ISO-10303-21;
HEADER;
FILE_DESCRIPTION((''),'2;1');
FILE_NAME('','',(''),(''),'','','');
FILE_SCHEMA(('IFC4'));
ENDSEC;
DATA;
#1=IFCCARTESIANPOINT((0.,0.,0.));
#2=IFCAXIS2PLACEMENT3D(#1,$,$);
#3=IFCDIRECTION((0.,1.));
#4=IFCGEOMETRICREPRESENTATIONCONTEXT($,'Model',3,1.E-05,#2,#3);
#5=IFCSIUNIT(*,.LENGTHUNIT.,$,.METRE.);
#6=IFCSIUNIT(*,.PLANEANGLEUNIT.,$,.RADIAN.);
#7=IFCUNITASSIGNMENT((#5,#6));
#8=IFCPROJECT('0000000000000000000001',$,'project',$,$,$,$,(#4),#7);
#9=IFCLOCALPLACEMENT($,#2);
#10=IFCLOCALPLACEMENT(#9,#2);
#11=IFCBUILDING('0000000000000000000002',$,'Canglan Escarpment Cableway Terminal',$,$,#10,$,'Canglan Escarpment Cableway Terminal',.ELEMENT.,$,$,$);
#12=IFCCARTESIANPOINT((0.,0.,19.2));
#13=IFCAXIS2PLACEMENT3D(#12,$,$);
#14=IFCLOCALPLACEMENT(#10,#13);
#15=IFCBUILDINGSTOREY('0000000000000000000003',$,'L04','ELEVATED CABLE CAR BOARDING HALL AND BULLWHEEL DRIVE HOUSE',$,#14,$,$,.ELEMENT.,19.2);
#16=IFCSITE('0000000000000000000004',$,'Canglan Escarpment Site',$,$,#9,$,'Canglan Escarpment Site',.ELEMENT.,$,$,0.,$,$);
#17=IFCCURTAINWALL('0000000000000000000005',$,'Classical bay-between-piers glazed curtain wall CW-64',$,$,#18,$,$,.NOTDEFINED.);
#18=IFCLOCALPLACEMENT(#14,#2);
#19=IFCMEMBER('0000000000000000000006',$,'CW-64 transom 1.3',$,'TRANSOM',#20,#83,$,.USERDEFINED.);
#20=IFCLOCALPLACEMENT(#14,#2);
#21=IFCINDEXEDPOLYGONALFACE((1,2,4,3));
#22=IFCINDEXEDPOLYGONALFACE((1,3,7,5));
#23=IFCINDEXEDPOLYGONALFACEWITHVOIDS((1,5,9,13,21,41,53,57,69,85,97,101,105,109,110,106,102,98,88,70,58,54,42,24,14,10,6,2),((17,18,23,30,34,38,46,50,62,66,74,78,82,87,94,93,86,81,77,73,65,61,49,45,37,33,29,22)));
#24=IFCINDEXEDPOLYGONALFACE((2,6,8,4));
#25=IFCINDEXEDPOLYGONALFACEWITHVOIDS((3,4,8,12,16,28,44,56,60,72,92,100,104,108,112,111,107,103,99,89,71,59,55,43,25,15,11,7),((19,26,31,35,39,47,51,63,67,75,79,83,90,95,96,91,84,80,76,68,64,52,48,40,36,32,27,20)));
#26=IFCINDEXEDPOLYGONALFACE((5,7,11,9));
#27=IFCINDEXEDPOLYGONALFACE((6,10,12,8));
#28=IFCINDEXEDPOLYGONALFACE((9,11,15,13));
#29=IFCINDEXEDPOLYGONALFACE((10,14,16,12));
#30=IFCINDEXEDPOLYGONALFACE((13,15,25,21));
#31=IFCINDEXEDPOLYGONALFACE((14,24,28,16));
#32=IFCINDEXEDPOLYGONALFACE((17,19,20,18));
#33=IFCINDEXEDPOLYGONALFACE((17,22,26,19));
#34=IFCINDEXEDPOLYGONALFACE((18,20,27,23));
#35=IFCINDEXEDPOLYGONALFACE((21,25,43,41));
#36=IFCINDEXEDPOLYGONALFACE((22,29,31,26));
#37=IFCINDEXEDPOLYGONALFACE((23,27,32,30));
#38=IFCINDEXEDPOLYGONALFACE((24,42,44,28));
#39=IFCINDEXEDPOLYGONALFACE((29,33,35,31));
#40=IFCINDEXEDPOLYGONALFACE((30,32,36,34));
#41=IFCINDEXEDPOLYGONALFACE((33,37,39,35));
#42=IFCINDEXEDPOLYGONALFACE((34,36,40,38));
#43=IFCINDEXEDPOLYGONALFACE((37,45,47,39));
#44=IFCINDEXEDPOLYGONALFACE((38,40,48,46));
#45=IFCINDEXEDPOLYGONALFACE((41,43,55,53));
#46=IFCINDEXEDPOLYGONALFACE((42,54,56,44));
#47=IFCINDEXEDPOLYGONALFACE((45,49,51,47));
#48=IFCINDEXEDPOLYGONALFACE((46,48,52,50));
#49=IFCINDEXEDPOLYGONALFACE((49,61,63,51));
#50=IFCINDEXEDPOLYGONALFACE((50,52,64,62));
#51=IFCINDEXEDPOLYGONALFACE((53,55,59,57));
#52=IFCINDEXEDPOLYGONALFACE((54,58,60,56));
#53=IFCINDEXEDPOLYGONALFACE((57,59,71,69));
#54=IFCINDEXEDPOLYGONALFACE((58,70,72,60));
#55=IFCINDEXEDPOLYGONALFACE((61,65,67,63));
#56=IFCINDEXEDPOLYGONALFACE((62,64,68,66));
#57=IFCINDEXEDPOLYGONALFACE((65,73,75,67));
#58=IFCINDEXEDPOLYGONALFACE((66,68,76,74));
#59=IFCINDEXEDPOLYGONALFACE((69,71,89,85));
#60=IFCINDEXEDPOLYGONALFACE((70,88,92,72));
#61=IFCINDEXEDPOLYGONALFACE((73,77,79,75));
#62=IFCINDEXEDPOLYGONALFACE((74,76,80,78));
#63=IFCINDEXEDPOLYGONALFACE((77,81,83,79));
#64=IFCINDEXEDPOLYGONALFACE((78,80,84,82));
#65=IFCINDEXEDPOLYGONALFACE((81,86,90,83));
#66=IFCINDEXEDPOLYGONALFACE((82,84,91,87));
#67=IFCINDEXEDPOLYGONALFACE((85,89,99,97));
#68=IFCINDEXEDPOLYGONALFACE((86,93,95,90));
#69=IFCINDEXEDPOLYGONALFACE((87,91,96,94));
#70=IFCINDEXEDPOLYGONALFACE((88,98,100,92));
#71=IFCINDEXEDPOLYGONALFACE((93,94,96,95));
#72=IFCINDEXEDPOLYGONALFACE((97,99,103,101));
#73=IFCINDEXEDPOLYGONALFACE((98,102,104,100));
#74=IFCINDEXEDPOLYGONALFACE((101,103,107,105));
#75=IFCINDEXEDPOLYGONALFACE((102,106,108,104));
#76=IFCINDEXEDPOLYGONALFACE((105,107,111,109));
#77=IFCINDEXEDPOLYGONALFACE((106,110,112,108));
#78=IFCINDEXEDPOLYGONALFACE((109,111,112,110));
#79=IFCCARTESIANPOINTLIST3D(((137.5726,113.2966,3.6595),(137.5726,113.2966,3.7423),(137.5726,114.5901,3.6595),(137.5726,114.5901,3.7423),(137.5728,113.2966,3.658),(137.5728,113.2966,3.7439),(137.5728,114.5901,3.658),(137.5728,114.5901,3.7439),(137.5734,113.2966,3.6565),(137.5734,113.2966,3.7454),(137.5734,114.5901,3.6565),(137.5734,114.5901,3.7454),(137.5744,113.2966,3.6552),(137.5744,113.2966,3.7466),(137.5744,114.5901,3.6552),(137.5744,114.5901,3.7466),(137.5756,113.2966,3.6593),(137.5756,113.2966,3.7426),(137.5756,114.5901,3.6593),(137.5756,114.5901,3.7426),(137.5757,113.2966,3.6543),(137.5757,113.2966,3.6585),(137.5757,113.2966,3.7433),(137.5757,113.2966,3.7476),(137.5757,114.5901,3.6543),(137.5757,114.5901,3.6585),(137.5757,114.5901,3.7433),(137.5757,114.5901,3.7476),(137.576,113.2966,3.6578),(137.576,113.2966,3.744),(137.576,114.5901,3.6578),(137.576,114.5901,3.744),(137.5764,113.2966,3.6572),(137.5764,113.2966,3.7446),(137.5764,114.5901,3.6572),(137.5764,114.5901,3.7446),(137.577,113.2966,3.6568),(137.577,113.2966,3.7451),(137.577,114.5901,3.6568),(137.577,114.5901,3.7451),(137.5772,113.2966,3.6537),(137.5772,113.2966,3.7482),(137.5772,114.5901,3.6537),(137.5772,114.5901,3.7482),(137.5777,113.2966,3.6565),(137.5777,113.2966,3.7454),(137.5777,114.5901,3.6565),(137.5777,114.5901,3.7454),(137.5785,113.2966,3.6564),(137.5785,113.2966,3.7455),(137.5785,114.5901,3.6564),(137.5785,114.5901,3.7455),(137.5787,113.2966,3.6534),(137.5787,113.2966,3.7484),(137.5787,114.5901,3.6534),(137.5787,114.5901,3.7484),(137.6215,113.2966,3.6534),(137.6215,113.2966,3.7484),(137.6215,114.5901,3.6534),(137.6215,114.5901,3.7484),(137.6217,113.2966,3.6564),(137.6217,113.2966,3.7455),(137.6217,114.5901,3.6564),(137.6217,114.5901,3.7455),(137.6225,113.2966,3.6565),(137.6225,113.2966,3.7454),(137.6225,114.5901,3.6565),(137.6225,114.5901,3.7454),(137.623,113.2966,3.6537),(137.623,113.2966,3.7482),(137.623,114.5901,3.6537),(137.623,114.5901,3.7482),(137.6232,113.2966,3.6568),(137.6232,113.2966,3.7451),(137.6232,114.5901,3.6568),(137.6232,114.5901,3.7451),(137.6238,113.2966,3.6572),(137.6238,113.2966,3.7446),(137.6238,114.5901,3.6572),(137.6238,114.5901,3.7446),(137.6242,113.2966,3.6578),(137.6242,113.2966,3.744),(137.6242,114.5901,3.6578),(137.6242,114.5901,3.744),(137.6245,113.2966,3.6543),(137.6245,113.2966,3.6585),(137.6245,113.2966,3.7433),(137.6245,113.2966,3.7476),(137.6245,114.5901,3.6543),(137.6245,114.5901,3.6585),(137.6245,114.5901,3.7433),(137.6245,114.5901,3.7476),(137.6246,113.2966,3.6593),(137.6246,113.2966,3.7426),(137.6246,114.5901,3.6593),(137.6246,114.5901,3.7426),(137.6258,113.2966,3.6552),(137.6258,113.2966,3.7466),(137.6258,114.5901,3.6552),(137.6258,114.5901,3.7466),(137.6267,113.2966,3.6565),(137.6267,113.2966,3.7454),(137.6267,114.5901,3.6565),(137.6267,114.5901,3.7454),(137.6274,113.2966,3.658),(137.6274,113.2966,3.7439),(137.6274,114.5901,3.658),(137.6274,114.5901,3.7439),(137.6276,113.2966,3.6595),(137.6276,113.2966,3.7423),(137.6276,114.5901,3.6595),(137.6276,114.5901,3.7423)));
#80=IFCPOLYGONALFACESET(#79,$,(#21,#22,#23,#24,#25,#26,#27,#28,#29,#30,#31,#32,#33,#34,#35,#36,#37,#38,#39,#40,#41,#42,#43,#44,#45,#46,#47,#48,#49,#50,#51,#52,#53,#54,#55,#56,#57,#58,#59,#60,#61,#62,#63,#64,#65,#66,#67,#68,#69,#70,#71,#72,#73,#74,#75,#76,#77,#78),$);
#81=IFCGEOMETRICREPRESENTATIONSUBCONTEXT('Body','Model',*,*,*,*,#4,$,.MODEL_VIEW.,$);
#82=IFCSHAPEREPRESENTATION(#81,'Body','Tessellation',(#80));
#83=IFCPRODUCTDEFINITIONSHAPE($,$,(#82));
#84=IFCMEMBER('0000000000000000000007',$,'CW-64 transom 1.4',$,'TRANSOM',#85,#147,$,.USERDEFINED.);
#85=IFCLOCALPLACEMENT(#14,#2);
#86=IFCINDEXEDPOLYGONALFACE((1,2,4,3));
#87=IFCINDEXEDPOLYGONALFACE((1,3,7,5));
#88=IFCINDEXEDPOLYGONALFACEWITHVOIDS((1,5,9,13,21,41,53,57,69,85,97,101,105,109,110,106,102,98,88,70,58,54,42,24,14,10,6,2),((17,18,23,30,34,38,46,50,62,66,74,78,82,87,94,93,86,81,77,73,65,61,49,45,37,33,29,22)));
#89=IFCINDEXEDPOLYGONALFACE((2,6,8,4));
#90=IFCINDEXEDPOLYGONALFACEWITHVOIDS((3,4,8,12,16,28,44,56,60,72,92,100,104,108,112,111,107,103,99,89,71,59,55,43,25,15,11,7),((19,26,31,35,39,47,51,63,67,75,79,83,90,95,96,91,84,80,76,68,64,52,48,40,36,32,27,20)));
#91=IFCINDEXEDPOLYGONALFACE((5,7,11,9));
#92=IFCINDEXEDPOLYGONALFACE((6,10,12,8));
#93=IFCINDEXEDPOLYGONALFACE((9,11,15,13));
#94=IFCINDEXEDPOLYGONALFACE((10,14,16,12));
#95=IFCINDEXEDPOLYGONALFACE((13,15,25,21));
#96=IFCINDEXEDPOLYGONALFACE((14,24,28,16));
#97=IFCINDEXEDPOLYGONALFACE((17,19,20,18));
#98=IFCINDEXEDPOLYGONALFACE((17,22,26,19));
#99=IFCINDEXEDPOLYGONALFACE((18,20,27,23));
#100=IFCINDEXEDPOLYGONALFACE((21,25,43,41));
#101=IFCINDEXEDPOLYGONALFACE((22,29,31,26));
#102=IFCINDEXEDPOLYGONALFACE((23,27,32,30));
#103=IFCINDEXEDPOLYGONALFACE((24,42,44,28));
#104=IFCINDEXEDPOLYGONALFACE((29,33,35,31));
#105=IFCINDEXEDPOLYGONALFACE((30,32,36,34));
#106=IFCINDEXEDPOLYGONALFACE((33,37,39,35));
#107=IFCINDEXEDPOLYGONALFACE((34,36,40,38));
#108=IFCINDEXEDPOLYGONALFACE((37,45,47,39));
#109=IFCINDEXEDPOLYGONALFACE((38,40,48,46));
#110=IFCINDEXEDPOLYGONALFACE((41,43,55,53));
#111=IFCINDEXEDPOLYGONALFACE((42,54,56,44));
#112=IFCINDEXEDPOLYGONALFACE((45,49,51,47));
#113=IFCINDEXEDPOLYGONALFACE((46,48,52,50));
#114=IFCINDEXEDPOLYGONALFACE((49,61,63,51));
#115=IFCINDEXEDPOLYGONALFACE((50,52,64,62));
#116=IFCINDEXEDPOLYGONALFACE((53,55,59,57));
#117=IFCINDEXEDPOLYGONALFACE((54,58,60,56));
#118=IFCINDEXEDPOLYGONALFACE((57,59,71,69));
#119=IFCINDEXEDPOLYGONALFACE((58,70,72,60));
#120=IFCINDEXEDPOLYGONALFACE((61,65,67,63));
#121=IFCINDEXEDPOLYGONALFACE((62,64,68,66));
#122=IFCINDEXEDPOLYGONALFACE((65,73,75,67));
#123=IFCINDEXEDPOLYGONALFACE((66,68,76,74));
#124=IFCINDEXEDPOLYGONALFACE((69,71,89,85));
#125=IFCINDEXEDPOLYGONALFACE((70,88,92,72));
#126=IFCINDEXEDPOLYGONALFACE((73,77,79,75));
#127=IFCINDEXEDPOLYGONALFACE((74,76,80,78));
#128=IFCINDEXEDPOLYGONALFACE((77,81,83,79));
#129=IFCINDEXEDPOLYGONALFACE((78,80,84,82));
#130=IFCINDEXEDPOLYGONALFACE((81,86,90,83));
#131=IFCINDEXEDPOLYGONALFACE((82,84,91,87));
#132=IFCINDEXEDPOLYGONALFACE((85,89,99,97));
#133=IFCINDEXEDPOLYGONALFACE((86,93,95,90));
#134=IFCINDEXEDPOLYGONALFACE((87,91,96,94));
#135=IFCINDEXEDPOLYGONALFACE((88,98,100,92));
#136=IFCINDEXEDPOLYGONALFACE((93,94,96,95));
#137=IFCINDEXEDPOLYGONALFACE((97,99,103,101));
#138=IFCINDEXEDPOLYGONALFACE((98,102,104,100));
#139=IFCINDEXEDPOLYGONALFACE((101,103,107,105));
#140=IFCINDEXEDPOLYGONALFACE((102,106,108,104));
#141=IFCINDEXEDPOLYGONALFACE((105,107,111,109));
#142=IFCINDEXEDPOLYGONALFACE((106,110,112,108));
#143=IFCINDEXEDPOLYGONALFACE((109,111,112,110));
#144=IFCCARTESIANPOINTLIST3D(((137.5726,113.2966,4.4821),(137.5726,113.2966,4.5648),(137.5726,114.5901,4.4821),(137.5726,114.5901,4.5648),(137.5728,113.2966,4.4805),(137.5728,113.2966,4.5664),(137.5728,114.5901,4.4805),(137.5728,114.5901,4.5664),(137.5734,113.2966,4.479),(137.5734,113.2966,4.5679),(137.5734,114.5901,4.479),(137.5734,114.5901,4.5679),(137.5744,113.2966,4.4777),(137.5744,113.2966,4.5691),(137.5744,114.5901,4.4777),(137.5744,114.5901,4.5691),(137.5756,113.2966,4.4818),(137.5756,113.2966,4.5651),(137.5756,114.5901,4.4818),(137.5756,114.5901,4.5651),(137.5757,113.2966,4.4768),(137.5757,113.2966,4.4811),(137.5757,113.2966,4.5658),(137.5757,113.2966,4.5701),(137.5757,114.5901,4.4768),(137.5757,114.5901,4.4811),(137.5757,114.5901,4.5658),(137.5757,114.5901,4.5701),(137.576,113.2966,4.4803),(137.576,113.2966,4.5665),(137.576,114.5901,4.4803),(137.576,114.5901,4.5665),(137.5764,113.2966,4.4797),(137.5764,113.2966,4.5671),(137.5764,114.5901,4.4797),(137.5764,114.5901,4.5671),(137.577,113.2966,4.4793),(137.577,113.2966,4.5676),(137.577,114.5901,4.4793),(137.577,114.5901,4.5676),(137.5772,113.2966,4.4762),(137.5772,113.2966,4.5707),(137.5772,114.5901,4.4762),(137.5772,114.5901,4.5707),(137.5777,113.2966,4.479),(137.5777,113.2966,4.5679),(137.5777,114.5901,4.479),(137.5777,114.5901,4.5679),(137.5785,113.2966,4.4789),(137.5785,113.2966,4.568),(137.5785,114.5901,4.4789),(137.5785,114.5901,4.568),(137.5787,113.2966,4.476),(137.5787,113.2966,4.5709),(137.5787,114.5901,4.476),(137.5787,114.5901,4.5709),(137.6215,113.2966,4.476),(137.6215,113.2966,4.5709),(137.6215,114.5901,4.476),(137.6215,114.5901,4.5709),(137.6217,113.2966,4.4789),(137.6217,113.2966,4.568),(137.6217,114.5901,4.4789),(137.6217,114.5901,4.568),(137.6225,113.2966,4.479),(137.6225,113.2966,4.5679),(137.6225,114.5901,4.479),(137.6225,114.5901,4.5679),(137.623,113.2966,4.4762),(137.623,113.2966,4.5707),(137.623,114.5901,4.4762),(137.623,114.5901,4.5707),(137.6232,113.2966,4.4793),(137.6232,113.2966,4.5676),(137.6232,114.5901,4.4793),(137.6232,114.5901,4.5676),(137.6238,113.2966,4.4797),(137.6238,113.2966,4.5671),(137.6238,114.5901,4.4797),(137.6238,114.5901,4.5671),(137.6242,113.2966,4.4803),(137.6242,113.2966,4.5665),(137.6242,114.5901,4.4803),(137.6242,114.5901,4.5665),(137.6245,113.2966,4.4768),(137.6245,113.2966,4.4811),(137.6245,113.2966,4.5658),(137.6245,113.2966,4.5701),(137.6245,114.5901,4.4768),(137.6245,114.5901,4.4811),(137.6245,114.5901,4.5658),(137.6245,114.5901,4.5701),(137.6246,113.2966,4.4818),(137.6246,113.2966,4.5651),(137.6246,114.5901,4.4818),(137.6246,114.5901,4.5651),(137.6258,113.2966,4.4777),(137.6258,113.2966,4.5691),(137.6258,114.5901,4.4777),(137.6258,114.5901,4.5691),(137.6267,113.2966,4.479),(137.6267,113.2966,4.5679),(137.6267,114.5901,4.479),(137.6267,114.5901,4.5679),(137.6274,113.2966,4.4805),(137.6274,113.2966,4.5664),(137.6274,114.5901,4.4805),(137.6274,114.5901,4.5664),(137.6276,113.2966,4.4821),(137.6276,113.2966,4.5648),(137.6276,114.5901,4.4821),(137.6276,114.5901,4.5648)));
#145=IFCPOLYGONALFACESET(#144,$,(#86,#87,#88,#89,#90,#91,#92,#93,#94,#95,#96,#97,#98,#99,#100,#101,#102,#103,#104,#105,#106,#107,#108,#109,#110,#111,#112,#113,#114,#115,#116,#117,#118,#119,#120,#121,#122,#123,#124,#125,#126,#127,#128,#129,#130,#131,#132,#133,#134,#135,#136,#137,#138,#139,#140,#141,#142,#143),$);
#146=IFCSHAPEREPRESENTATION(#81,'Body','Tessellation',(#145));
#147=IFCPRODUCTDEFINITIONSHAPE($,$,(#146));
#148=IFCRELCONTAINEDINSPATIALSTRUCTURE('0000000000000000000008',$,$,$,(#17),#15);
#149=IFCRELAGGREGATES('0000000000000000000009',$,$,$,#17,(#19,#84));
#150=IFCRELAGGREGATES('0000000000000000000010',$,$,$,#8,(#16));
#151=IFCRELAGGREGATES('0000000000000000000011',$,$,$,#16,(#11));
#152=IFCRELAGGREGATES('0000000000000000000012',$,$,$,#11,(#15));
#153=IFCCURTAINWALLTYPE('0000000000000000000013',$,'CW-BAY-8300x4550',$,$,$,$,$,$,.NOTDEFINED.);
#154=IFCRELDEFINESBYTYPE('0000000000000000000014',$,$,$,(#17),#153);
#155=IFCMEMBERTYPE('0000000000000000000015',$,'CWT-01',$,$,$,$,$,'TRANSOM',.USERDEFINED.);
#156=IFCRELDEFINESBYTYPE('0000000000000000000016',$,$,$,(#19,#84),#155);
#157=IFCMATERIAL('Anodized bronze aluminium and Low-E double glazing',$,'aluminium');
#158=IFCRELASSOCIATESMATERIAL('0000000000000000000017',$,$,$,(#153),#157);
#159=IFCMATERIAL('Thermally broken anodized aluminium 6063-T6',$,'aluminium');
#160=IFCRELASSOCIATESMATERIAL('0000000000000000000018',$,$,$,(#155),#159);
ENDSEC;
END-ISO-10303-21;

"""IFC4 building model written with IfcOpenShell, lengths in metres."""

from ifc_helpers import new_model, si_unit, direction, frame, origin, origin_2d, place, context, subcontext, project, spatial, hollow_rectangle, extrude, material, material_profile, profile_set, type_object, element, aggregate, save


model = new_model("IFC4")

# Units and contexts
model_context = context("Model", 3, precision=1e-05, world=origin(), true_north=direction((0.0, 1.0)))
body_context = subcontext(model_context, "Body", "Model", "MODEL_VIEW")
ifc_project = project(units=[si_unit("LENGTHUNIT", "METRE"), si_unit("PLANEANGLEUNIT", "RADIAN")], contexts=[model_context])

# Site, building, storey
site_placement = place(None, origin())
site = spatial("IfcSite", under=ifc_project, at=site_placement, Name="Canglan Escarpment Site", LongName="Canglan Escarpment Site", CompositionType="ELEMENT", RefElevation=0.0)
building_placement = place(site_placement, origin())
building = spatial("IfcBuilding", under=site, at=building_placement, Name="Canglan Escarpment Cableway Terminal", LongName="Canglan Escarpment Cableway Terminal", CompositionType="ELEMENT")
storey_placement = place(building_placement, frame((0.0, 0.0, 19.2)))
storey = spatial("IfcBuildingStorey", under=building, at=storey_placement, Name="L04", Description="ELEVATED CABLE CAR BOARDING HALL AND BULLWHEEL DRIVE HOUSE", CompositionType="ELEMENT", Elevation=19.2)

# Curtain wall
ifc_material_1 = material(Name="Anodized bronze aluminium and Low-E double glazing", Category="aluminium")
curtain_wall_type_1 = type_object("IfcCurtainWallType", Name="CW-BAY-8300x4550", PredefinedType="NOTDEFINED", material=ifc_material_1)
curtain_wall_1_placement = place(storey_placement, origin())
curtain_wall_1 = element("IfcCurtainWall", 1, at=curtain_wall_1_placement, inside=storey, type_object=curtain_wall_type_1, Name="Classical bay-between-piers glazed curtain wall CW-64", PredefinedType="NOTDEFINED")
ifc_material_2 = material(Name="Thermally broken anodized aluminium 6063-T6", Category="aluminium")

# Members
ifc_material_profile_1 = material_profile(ifc_material_2, hollow_rectangle(XDim=0.0549, YDim=0.095, WallThickness=0.0029, InnerFilletRadius=0.0029, OuterFilletRadius=0.0061, at=origin_2d()), Name="ALU-TRAN 55x95x3")
ifc_profile_set_1 = profile_set([ifc_material_profile_1], Name="Thermally broken anodized aluminium 6063-T6")
member_type_1 = type_object("IfcMemberType", Name="CWT-01", ElementType="TRANSOM", PredefinedType="USERDEFINED", material=ifc_profile_set_1)
member_1_placement = place(storey_placement, frame((137.6001, 114.5901, 3.7009), z_axis=(0.0, -1.0, 0.0), x_axis=(1.0, 0.0, 0.0)))
member_1 = element("IfcMember", 2, at=member_1_placement, type_object=member_type_1, Name="CW-64 transom 1.3", ObjectType="TRANSOM", PredefinedType="USERDEFINED", context=body_context, shape_type="SweptSolid", body=[
    extrude(hollow_rectangle(XDim=0.0549, YDim=0.095, WallThickness=0.0029, InnerFilletRadius=0.0029, OuterFilletRadius=0.0061, at=origin_2d()), origin(), (0.0, 0.0, 1.0), 1.2935),
])
member_2_placement = place(storey_placement, frame((137.6001, 114.5901, 4.5234), z_axis=(0.0, -1.0, 0.0), x_axis=(1.0, 0.0, 0.0)))
member_2 = element("IfcMember", 3, at=member_2_placement, type_object=member_type_1, Name="CW-64 transom 1.4", ObjectType="TRANSOM", PredefinedType="USERDEFINED", context=body_context, shape_type="SweptSolid", body=[
    extrude(hollow_rectangle(XDim=0.0549, YDim=0.095, WallThickness=0.0029, InnerFilletRadius=0.0029, OuterFilletRadius=0.0061, at=origin_2d()), origin(), (0.0, 0.0, 1.0), 1.2935),
])

aggregate(curtain_wall_1, [member_1, member_2])

save(model, "model.ifc")
